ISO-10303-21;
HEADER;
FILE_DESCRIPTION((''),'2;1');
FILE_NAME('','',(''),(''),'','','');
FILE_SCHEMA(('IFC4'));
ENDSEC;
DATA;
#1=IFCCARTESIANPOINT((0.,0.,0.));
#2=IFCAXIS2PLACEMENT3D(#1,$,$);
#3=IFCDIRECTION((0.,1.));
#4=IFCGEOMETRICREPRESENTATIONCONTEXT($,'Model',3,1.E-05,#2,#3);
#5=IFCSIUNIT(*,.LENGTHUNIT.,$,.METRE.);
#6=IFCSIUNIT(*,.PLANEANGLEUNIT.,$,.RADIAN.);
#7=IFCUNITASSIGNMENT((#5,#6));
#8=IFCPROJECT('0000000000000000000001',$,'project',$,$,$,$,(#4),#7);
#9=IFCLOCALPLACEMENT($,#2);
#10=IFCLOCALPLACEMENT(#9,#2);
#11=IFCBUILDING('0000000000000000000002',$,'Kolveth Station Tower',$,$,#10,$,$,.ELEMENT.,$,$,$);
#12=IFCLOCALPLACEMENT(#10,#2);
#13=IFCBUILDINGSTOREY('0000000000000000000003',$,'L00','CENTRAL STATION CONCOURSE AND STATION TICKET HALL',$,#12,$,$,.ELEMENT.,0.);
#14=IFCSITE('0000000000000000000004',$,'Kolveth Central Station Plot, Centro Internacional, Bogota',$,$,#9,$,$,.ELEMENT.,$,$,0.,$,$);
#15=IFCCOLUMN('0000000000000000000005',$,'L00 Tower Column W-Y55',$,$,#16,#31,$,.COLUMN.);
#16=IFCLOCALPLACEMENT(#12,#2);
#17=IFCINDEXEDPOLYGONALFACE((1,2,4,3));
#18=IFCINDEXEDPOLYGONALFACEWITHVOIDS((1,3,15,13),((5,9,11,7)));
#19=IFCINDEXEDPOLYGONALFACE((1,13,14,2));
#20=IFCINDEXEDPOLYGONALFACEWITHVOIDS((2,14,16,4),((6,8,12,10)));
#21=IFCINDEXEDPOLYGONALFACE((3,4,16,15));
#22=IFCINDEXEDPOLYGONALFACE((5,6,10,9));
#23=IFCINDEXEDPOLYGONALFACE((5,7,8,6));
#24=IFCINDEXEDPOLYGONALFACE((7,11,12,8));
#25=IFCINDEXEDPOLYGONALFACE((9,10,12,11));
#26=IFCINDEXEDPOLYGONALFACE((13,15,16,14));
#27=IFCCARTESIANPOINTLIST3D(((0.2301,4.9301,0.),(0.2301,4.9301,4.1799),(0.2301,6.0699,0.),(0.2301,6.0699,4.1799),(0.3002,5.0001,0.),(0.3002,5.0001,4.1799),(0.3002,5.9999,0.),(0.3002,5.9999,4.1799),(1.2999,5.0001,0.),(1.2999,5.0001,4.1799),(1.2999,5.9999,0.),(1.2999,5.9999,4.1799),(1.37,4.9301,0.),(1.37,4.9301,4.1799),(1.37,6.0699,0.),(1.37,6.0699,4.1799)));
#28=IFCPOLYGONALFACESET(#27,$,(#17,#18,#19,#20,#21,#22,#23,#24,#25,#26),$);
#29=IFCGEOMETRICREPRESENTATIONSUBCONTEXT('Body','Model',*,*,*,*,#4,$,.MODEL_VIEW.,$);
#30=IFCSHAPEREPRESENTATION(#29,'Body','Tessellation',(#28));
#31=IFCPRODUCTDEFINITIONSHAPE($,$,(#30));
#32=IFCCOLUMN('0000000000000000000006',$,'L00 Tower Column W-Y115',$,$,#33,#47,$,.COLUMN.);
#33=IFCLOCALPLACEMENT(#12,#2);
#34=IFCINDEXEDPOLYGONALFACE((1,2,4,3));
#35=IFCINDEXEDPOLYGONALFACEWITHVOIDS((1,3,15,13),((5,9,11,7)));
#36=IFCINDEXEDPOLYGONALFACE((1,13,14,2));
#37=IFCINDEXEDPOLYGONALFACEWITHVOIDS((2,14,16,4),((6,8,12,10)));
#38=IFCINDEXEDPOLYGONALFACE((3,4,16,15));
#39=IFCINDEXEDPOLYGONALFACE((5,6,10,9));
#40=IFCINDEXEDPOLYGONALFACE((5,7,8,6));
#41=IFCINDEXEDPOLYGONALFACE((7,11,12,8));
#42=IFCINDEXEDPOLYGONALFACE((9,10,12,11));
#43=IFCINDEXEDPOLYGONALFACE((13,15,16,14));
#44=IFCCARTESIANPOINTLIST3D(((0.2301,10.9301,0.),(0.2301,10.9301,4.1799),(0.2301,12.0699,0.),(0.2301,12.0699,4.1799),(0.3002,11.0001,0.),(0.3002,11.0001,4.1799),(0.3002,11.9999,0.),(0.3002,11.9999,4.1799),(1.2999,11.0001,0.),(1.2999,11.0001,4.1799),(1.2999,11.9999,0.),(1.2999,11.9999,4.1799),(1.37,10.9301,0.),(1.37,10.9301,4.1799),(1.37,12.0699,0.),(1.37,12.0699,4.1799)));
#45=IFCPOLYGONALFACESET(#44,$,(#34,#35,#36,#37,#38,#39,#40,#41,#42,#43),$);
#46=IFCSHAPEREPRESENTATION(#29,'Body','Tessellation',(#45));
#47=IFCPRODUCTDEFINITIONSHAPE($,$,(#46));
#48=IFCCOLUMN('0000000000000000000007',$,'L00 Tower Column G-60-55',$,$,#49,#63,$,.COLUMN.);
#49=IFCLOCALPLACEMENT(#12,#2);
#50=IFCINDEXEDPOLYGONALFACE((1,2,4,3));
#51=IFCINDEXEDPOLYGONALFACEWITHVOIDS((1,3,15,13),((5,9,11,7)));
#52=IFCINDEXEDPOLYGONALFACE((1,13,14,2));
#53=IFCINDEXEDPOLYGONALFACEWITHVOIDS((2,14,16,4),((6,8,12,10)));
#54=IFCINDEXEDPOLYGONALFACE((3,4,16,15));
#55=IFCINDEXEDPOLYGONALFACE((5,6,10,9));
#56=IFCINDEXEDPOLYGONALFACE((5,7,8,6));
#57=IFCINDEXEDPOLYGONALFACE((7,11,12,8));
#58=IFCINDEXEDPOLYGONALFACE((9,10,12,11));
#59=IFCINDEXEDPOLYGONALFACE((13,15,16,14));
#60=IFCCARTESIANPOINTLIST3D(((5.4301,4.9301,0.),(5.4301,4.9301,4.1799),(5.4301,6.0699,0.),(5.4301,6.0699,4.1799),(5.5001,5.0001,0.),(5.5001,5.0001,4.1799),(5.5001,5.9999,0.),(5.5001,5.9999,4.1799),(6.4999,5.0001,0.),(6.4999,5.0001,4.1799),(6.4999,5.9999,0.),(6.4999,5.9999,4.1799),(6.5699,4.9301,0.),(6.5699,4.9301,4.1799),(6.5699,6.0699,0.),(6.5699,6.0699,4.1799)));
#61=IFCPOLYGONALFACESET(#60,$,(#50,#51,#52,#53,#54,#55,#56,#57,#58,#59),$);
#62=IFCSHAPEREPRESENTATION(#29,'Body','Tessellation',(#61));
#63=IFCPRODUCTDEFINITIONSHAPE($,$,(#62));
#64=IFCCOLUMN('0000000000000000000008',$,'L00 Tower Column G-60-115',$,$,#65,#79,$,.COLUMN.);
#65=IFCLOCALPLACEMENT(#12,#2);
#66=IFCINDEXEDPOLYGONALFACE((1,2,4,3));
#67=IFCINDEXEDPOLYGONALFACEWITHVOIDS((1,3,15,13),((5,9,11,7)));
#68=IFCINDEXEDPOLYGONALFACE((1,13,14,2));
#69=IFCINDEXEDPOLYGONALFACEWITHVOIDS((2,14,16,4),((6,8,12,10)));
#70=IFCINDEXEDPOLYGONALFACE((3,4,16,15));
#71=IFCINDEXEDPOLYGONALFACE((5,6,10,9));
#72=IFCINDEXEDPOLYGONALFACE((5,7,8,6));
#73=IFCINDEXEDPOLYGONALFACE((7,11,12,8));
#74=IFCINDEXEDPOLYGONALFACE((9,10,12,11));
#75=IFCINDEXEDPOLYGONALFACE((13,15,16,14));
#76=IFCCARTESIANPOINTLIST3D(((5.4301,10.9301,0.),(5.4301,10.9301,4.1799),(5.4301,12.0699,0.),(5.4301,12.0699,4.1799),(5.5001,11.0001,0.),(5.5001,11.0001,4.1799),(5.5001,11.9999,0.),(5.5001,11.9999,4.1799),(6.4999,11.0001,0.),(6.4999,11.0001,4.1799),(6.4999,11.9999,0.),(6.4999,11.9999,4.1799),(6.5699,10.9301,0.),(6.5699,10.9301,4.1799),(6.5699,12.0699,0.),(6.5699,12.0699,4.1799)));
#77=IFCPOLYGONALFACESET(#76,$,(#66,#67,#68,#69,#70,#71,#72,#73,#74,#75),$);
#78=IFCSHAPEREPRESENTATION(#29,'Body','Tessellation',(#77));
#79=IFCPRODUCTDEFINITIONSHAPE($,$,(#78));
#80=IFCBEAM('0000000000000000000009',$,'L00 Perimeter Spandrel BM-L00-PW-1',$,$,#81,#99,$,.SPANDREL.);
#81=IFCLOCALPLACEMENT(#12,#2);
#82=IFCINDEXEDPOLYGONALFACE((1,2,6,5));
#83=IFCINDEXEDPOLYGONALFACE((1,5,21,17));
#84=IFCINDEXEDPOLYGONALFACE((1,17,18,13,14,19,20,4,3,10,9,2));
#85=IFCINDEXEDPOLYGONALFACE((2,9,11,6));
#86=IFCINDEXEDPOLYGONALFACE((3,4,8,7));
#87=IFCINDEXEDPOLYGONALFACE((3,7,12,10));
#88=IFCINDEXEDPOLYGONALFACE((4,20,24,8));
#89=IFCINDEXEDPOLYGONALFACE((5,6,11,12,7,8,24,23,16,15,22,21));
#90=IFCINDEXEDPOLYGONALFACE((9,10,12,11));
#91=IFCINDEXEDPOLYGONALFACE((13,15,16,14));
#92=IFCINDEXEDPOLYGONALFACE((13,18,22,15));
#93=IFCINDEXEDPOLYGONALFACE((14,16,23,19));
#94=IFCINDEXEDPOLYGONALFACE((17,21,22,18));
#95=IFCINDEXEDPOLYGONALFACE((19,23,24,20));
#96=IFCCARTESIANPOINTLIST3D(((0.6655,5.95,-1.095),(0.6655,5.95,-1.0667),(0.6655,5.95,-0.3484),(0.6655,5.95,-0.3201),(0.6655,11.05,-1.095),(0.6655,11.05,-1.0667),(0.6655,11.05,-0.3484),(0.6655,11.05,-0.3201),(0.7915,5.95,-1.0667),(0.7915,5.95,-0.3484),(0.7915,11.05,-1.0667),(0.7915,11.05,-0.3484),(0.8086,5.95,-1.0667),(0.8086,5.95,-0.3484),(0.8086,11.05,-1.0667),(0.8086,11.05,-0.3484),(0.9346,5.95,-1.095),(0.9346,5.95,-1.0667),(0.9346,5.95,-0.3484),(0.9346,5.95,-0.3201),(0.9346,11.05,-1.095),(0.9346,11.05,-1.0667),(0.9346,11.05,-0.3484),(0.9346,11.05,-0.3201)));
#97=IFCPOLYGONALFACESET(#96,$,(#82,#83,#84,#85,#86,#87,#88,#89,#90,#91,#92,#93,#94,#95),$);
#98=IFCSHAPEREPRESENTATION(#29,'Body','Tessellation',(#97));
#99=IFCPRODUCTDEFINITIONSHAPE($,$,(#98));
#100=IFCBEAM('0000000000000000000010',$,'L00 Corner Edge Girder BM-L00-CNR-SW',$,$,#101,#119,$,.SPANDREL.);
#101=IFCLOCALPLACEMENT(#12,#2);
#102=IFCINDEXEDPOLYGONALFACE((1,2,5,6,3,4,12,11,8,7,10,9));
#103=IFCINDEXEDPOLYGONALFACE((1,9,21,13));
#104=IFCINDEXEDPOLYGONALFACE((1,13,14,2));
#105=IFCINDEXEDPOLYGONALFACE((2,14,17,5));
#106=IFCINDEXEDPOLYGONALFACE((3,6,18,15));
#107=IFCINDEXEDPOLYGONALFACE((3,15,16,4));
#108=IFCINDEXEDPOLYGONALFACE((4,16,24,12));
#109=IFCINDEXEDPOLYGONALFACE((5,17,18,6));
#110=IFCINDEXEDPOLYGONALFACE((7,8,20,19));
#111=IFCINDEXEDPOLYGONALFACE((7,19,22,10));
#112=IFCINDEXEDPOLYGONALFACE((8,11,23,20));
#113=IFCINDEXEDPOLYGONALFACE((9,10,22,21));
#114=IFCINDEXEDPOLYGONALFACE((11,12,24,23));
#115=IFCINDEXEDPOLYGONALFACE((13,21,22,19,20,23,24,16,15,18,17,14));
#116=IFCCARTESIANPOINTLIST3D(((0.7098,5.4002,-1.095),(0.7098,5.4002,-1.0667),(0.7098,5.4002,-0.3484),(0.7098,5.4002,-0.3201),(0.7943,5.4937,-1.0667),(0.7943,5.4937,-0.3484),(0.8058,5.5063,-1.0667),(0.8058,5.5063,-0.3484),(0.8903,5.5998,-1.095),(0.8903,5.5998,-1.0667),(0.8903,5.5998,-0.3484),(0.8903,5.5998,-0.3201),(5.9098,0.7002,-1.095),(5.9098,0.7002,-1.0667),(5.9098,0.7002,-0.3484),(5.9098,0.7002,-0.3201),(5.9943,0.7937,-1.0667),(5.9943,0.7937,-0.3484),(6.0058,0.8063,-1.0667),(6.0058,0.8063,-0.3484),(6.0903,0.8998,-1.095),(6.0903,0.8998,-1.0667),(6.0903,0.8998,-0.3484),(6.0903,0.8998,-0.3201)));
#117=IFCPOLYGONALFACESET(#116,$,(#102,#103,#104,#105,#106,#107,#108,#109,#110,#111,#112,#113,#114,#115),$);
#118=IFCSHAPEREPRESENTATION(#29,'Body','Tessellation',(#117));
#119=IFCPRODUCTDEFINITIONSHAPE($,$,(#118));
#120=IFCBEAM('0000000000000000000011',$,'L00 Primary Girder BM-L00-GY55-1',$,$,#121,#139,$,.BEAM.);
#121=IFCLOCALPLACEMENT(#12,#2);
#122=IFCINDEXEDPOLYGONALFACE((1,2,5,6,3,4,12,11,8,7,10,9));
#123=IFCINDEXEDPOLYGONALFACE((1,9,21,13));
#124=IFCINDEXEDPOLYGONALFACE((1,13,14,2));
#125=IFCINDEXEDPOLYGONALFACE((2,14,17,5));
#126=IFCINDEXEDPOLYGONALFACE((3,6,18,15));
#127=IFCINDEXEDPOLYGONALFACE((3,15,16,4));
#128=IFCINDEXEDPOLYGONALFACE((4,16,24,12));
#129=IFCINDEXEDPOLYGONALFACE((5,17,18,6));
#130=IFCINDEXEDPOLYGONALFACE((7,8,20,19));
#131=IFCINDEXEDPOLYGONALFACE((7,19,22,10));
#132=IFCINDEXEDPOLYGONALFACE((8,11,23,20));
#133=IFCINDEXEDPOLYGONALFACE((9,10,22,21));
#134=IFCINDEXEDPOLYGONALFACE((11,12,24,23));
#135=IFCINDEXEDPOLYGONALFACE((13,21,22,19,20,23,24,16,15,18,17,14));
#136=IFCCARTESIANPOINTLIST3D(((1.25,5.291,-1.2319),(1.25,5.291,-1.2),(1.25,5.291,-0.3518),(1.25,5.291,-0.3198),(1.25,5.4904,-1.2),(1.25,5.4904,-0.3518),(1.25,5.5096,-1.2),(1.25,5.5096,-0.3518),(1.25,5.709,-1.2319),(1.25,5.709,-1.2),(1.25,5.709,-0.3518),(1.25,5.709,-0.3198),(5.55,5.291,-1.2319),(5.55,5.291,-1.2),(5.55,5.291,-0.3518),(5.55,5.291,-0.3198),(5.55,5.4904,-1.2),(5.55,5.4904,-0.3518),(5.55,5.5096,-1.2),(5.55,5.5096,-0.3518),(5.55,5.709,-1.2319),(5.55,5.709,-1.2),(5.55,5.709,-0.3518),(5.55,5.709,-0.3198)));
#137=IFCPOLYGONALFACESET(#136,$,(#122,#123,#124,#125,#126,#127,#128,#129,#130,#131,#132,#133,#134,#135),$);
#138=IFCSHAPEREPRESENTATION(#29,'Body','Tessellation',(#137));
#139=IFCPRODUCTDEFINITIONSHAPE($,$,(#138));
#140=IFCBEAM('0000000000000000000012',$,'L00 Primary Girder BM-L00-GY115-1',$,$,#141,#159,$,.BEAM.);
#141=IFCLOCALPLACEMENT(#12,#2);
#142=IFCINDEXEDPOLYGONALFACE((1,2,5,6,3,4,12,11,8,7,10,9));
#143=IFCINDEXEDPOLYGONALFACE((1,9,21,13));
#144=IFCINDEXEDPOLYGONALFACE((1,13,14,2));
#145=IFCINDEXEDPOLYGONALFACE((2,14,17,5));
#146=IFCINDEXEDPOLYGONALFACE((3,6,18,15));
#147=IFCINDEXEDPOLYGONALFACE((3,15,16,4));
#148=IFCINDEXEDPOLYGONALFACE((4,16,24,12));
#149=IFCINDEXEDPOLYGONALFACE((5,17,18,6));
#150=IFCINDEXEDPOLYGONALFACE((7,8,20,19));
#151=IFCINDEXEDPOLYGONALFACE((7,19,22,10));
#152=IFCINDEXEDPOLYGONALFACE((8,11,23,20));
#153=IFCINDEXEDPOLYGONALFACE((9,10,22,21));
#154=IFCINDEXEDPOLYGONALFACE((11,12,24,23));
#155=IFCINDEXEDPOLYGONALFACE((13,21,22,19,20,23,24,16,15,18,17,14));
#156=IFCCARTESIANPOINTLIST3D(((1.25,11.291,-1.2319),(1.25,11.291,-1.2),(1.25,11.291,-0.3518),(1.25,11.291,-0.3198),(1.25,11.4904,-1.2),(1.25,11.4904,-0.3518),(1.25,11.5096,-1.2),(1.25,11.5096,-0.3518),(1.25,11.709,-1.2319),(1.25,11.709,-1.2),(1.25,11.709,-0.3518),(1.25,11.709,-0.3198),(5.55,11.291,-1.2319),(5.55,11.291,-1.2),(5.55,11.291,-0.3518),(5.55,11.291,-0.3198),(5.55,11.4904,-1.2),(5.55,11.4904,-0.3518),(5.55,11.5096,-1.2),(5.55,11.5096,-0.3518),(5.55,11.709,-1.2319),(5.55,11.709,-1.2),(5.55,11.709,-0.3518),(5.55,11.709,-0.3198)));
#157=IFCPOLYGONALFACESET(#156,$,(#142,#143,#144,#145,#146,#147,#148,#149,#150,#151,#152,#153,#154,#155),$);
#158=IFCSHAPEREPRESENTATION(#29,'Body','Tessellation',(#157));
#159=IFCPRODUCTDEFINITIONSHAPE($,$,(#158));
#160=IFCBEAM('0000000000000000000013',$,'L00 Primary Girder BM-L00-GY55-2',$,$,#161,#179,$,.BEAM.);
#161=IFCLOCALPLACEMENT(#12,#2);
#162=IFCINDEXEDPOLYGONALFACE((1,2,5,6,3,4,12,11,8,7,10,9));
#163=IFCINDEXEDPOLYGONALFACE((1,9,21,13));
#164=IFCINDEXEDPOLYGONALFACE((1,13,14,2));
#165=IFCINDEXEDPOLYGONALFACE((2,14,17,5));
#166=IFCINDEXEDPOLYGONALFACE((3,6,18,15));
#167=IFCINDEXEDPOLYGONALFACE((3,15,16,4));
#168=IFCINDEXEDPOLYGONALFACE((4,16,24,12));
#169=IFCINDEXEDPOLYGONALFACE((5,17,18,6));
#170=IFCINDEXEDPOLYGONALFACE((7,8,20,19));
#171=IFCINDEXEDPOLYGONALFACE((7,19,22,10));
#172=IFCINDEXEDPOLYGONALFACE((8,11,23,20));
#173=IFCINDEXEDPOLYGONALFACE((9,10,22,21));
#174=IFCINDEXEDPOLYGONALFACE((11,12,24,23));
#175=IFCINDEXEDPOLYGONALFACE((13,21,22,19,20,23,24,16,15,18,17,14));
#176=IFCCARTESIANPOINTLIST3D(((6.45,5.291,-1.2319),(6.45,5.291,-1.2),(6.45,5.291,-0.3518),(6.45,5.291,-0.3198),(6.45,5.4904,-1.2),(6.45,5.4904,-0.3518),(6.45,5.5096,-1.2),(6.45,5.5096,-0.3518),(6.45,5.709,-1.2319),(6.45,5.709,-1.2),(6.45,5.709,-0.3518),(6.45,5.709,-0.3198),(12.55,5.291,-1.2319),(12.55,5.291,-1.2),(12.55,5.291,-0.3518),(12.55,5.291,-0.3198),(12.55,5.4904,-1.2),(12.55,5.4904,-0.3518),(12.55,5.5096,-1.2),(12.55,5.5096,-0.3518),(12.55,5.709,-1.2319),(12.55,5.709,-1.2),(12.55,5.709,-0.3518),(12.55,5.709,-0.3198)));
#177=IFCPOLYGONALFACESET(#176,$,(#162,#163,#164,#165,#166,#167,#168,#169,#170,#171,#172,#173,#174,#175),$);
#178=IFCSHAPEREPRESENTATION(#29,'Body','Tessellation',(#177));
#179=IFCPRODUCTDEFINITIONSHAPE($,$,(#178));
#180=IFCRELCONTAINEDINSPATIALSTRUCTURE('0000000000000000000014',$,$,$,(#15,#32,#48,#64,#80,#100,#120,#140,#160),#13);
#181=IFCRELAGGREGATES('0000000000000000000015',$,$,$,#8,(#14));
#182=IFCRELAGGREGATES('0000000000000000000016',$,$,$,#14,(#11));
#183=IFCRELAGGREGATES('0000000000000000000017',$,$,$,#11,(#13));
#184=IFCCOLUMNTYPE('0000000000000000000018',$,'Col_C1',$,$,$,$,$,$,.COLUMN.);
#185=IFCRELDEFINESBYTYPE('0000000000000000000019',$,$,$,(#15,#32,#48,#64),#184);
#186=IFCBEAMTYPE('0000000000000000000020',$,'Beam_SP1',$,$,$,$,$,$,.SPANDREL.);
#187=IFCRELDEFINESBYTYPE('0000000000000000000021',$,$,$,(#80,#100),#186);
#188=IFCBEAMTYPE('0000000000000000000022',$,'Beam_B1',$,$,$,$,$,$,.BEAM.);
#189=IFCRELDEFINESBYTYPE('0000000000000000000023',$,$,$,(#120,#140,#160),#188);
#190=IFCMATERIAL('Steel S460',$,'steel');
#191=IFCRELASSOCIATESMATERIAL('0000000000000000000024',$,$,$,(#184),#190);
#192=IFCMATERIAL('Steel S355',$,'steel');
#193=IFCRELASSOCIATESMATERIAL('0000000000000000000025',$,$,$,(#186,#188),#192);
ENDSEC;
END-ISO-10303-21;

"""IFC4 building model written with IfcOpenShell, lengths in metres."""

from ifc_helpers import new_model, si_unit, direction, frame, origin, origin_2d, place, context, subcontext, project, spatial, hollow_rectangle, i_section, extrude, source, transform, mapped, material, material_profile, profile_set, type_object, element, save


model = new_model("IFC4")

# Units and contexts
model_context = context("Model", 3, precision=1e-05, world=origin(), true_north=direction((0.0, 1.0)))
body_context = subcontext(model_context, "Body", "Model", "MODEL_VIEW")
ifc_project = project(units=[si_unit("LENGTHUNIT", "METRE"), si_unit("PLANEANGLEUNIT", "RADIAN")], contexts=[model_context])

# Site, building, storey
site_placement = place(None, origin())
site = spatial("IfcSite", under=ifc_project, at=site_placement, Name="Kolveth Central Station Plot, Centro Internacional, Bogota", CompositionType="ELEMENT", RefElevation=0.0)
building_placement = place(site_placement, origin())
building = spatial("IfcBuilding", under=site, at=building_placement, Name="Kolveth Station Tower", CompositionType="ELEMENT")
storey_placement = place(building_placement, origin())
storey = spatial("IfcBuildingStorey", under=building, at=storey_placement, Name="L00", Description="CENTRAL STATION CONCOURSE AND STATION TICKET HALL", CompositionType="ELEMENT", Elevation=0.0)

# Columns
ifc_material_1 = material(Name="Steel S460", Category="steel")
ifc_material_profile_1 = material_profile(ifc_material_1, hollow_rectangle(XDim=1.1399, YDim=1.1399, WallThickness=0.0701, at=origin_2d()), Name="BOX1140x1140x70")
ifc_profile_set_1 = profile_set([ifc_material_profile_1], Name="Steel S460")
column_type = type_object("IfcColumnType", Name="Col_C1", PredefinedType="COLUMN", material=ifc_profile_set_1)
shared_shape_1 = source(origin(), body_context, "Body", "SweptSolid", [
    extrude(hollow_rectangle(XDim=1.1399, YDim=1.1399, WallThickness=0.0701, at=origin_2d()), origin(), (0.0, 0.0, 1.0), 4.1799),
])
for number, where, z_axis, x_axis, name in (
    (1, (0.8, 5.5, 0.0), (0.0, 0.0, 1.0), (1.0, 0.0, 0.0), "L00 Tower Column W-Y55"),
    (2, (0.8, 11.5, 0.0), (0.0, 0.0, 1.0), (1.0, 0.0, 0.0), "L00 Tower Column W-Y115"),
    (3, (6.0, 5.5, 0.0), (0.0, 0.0, 1.0), (1.0, 0.0, 0.0), "L00 Tower Column G-60-55"),
    (4, (6.0, 11.5, 0.0), (0.0, 0.0, 1.0), (1.0, 0.0, 0.0), "L00 Tower Column G-60-115"),
):
    element("IfcColumn", number, at=place(storey_placement, frame(where, z_axis=z_axis, x_axis=x_axis)), inside=storey, type_object=column_type, Name=name, PredefinedType="COLUMN", context=body_context, shape_type="MappedRepresentation", body=[
        mapped(shared_shape_1, transform((0.0, 0.0, 0.0), x_axis=(1.0, 0.0, 0.0), y_axis=(0.0, 1.0, 0.0), z_axis=(0.0, 0.0, 1.0), scale=1.0)),
    ])

# Beams
ifc_material_2 = material(Name="Steel S355", Category="steel")
ifc_material_profile_2 = material_profile(ifc_material_2, i_section(OverallWidth=0.269, OverallDepth=0.7749, WebThickness=0.0171, FlangeThickness=0.0283, at=origin_2d()), Name="W760x220")
ifc_profile_set_2 = profile_set([ifc_material_profile_2], Name="Steel S355")
beam_type_1 = type_object("IfcBeamType", Name="Beam_SP1", PredefinedType="SPANDREL", material=ifc_profile_set_2)
shared_shape_2 = source(origin(), body_context, "Body", "SweptSolid", [
    extrude(i_section(OverallWidth=0.269, OverallDepth=0.7749, WebThickness=0.0171, FlangeThickness=0.0283, at=origin_2d()), origin(), (0.0, 0.0, 1.0), 5.1001),
])
beam_1_placement = place(storey_placement, frame((0.8, 5.95, -0.7075), z_axis=(0.0, 1.0, 0.0), x_axis=(-1.0, 0.0, 0.0)))
element("IfcBeam", 5, at=beam_1_placement, inside=storey, type_object=beam_type_1, Name="L00 Perimeter Spandrel BM-L00-PW-1", PredefinedType="SPANDREL", context=body_context, shape_type="MappedRepresentation", body=[
    mapped(shared_shape_2, transform((0.0, 0.0, 0.0), x_axis=(1.0, 0.0, 0.0), y_axis=(0.0, 1.0, 0.0), z_axis=(0.0, 0.0, 1.0), scale=1.0)),
])
shared_shape_3 = source(origin(), body_context, "Body", "SweptSolid", [
    extrude(i_section(OverallWidth=0.269, OverallDepth=0.7749, WebThickness=0.0171, FlangeThickness=0.0283, at=origin_2d()), origin(), (0.0, 0.0, 1.0), 7.0093),
])
beam_2_placement = place(storey_placement, frame((0.8, 5.5, -0.7075), z_axis=(0.741874, -0.670539, 0.0), x_axis=(0.670539, 0.741874, 0.0)))
element("IfcBeam", 6, at=beam_2_placement, inside=storey, type_object=beam_type_1, Name="L00 Corner Edge Girder BM-L00-CNR-SW", PredefinedType="SPANDREL", context=body_context, shape_type="MappedRepresentation", body=[
    mapped(shared_shape_3, transform((0.0, 0.0, 0.0), x_axis=(1.0, 0.0, 0.0), y_axis=(0.0, 1.0, 0.0), z_axis=(0.0, 0.0, 1.0), scale=1.0)),
])
ifc_material_profile_3 = material_profile(ifc_material_2, i_section(OverallWidth=0.418, OverallDepth=0.9121, WebThickness=0.0193, FlangeThickness=0.032, at=origin_2d()), Name="W920x342")
ifc_profile_set_3 = profile_set([ifc_material_profile_3], Name="Steel S355")
beam_type_2 = type_object("IfcBeamType", Name="Beam_B1", PredefinedType="BEAM", material=ifc_profile_set_3)
shared_shape_4 = source(origin(), body_context, "Body", "SweptSolid", [
    extrude(i_section(OverallWidth=0.418, OverallDepth=0.9121, WebThickness=0.0193, FlangeThickness=0.032, at=origin_2d()), origin(), (0.0, 0.0, 1.0), 4.3),
])
for number, where, z_axis, x_axis, name in (
    (7, (1.25, 5.5, -0.7759), (1.0, 0.0, 0.0), (0.0, 1.0, 0.0), "L00 Primary Girder BM-L00-GY55-1"),
    (8, (1.25, 11.5, -0.7759), (1.0, 0.0, 0.0), (0.0, 1.0, 0.0), "L00 Primary Girder BM-L00-GY115-1"),
):
    element("IfcBeam", number, at=place(storey_placement, frame(where, z_axis=z_axis, x_axis=x_axis)), inside=storey, type_object=beam_type_2, Name=name, PredefinedType="BEAM", context=body_context, shape_type="MappedRepresentation", body=[
        mapped(shared_shape_4, transform((0.0, 0.0, 0.0), x_axis=(1.0, 0.0, 0.0), y_axis=(0.0, 1.0, 0.0), z_axis=(0.0, 0.0, 1.0), scale=1.0)),
    ])
shared_shape_5 = source(origin(), body_context, "Body", "SweptSolid", [
    extrude(i_section(OverallWidth=0.418, OverallDepth=0.9121, WebThickness=0.0193, FlangeThickness=0.032, at=origin_2d()), origin(), (0.0, 0.0, 1.0), 6.1001),
])
for number, where, z_axis, x_axis, name in (
    (9, (6.45, 5.5, -0.7759), (1.0, 0.0, 0.0), (0.0, 1.0, 0.0), "L00 Primary Girder BM-L00-GY55-2"),
):
    element("IfcBeam", number, at=place(storey_placement, frame(where, z_axis=z_axis, x_axis=x_axis)), inside=storey, type_object=beam_type_2, Name=name, PredefinedType="BEAM", context=body_context, shape_type="MappedRepresentation", body=[
        mapped(shared_shape_5, transform((0.0, 0.0, 0.0), x_axis=(1.0, 0.0, 0.0), y_axis=(0.0, 1.0, 0.0), z_axis=(0.0, 0.0, 1.0), scale=1.0)),
    ])

save(model, "model.ifc")
